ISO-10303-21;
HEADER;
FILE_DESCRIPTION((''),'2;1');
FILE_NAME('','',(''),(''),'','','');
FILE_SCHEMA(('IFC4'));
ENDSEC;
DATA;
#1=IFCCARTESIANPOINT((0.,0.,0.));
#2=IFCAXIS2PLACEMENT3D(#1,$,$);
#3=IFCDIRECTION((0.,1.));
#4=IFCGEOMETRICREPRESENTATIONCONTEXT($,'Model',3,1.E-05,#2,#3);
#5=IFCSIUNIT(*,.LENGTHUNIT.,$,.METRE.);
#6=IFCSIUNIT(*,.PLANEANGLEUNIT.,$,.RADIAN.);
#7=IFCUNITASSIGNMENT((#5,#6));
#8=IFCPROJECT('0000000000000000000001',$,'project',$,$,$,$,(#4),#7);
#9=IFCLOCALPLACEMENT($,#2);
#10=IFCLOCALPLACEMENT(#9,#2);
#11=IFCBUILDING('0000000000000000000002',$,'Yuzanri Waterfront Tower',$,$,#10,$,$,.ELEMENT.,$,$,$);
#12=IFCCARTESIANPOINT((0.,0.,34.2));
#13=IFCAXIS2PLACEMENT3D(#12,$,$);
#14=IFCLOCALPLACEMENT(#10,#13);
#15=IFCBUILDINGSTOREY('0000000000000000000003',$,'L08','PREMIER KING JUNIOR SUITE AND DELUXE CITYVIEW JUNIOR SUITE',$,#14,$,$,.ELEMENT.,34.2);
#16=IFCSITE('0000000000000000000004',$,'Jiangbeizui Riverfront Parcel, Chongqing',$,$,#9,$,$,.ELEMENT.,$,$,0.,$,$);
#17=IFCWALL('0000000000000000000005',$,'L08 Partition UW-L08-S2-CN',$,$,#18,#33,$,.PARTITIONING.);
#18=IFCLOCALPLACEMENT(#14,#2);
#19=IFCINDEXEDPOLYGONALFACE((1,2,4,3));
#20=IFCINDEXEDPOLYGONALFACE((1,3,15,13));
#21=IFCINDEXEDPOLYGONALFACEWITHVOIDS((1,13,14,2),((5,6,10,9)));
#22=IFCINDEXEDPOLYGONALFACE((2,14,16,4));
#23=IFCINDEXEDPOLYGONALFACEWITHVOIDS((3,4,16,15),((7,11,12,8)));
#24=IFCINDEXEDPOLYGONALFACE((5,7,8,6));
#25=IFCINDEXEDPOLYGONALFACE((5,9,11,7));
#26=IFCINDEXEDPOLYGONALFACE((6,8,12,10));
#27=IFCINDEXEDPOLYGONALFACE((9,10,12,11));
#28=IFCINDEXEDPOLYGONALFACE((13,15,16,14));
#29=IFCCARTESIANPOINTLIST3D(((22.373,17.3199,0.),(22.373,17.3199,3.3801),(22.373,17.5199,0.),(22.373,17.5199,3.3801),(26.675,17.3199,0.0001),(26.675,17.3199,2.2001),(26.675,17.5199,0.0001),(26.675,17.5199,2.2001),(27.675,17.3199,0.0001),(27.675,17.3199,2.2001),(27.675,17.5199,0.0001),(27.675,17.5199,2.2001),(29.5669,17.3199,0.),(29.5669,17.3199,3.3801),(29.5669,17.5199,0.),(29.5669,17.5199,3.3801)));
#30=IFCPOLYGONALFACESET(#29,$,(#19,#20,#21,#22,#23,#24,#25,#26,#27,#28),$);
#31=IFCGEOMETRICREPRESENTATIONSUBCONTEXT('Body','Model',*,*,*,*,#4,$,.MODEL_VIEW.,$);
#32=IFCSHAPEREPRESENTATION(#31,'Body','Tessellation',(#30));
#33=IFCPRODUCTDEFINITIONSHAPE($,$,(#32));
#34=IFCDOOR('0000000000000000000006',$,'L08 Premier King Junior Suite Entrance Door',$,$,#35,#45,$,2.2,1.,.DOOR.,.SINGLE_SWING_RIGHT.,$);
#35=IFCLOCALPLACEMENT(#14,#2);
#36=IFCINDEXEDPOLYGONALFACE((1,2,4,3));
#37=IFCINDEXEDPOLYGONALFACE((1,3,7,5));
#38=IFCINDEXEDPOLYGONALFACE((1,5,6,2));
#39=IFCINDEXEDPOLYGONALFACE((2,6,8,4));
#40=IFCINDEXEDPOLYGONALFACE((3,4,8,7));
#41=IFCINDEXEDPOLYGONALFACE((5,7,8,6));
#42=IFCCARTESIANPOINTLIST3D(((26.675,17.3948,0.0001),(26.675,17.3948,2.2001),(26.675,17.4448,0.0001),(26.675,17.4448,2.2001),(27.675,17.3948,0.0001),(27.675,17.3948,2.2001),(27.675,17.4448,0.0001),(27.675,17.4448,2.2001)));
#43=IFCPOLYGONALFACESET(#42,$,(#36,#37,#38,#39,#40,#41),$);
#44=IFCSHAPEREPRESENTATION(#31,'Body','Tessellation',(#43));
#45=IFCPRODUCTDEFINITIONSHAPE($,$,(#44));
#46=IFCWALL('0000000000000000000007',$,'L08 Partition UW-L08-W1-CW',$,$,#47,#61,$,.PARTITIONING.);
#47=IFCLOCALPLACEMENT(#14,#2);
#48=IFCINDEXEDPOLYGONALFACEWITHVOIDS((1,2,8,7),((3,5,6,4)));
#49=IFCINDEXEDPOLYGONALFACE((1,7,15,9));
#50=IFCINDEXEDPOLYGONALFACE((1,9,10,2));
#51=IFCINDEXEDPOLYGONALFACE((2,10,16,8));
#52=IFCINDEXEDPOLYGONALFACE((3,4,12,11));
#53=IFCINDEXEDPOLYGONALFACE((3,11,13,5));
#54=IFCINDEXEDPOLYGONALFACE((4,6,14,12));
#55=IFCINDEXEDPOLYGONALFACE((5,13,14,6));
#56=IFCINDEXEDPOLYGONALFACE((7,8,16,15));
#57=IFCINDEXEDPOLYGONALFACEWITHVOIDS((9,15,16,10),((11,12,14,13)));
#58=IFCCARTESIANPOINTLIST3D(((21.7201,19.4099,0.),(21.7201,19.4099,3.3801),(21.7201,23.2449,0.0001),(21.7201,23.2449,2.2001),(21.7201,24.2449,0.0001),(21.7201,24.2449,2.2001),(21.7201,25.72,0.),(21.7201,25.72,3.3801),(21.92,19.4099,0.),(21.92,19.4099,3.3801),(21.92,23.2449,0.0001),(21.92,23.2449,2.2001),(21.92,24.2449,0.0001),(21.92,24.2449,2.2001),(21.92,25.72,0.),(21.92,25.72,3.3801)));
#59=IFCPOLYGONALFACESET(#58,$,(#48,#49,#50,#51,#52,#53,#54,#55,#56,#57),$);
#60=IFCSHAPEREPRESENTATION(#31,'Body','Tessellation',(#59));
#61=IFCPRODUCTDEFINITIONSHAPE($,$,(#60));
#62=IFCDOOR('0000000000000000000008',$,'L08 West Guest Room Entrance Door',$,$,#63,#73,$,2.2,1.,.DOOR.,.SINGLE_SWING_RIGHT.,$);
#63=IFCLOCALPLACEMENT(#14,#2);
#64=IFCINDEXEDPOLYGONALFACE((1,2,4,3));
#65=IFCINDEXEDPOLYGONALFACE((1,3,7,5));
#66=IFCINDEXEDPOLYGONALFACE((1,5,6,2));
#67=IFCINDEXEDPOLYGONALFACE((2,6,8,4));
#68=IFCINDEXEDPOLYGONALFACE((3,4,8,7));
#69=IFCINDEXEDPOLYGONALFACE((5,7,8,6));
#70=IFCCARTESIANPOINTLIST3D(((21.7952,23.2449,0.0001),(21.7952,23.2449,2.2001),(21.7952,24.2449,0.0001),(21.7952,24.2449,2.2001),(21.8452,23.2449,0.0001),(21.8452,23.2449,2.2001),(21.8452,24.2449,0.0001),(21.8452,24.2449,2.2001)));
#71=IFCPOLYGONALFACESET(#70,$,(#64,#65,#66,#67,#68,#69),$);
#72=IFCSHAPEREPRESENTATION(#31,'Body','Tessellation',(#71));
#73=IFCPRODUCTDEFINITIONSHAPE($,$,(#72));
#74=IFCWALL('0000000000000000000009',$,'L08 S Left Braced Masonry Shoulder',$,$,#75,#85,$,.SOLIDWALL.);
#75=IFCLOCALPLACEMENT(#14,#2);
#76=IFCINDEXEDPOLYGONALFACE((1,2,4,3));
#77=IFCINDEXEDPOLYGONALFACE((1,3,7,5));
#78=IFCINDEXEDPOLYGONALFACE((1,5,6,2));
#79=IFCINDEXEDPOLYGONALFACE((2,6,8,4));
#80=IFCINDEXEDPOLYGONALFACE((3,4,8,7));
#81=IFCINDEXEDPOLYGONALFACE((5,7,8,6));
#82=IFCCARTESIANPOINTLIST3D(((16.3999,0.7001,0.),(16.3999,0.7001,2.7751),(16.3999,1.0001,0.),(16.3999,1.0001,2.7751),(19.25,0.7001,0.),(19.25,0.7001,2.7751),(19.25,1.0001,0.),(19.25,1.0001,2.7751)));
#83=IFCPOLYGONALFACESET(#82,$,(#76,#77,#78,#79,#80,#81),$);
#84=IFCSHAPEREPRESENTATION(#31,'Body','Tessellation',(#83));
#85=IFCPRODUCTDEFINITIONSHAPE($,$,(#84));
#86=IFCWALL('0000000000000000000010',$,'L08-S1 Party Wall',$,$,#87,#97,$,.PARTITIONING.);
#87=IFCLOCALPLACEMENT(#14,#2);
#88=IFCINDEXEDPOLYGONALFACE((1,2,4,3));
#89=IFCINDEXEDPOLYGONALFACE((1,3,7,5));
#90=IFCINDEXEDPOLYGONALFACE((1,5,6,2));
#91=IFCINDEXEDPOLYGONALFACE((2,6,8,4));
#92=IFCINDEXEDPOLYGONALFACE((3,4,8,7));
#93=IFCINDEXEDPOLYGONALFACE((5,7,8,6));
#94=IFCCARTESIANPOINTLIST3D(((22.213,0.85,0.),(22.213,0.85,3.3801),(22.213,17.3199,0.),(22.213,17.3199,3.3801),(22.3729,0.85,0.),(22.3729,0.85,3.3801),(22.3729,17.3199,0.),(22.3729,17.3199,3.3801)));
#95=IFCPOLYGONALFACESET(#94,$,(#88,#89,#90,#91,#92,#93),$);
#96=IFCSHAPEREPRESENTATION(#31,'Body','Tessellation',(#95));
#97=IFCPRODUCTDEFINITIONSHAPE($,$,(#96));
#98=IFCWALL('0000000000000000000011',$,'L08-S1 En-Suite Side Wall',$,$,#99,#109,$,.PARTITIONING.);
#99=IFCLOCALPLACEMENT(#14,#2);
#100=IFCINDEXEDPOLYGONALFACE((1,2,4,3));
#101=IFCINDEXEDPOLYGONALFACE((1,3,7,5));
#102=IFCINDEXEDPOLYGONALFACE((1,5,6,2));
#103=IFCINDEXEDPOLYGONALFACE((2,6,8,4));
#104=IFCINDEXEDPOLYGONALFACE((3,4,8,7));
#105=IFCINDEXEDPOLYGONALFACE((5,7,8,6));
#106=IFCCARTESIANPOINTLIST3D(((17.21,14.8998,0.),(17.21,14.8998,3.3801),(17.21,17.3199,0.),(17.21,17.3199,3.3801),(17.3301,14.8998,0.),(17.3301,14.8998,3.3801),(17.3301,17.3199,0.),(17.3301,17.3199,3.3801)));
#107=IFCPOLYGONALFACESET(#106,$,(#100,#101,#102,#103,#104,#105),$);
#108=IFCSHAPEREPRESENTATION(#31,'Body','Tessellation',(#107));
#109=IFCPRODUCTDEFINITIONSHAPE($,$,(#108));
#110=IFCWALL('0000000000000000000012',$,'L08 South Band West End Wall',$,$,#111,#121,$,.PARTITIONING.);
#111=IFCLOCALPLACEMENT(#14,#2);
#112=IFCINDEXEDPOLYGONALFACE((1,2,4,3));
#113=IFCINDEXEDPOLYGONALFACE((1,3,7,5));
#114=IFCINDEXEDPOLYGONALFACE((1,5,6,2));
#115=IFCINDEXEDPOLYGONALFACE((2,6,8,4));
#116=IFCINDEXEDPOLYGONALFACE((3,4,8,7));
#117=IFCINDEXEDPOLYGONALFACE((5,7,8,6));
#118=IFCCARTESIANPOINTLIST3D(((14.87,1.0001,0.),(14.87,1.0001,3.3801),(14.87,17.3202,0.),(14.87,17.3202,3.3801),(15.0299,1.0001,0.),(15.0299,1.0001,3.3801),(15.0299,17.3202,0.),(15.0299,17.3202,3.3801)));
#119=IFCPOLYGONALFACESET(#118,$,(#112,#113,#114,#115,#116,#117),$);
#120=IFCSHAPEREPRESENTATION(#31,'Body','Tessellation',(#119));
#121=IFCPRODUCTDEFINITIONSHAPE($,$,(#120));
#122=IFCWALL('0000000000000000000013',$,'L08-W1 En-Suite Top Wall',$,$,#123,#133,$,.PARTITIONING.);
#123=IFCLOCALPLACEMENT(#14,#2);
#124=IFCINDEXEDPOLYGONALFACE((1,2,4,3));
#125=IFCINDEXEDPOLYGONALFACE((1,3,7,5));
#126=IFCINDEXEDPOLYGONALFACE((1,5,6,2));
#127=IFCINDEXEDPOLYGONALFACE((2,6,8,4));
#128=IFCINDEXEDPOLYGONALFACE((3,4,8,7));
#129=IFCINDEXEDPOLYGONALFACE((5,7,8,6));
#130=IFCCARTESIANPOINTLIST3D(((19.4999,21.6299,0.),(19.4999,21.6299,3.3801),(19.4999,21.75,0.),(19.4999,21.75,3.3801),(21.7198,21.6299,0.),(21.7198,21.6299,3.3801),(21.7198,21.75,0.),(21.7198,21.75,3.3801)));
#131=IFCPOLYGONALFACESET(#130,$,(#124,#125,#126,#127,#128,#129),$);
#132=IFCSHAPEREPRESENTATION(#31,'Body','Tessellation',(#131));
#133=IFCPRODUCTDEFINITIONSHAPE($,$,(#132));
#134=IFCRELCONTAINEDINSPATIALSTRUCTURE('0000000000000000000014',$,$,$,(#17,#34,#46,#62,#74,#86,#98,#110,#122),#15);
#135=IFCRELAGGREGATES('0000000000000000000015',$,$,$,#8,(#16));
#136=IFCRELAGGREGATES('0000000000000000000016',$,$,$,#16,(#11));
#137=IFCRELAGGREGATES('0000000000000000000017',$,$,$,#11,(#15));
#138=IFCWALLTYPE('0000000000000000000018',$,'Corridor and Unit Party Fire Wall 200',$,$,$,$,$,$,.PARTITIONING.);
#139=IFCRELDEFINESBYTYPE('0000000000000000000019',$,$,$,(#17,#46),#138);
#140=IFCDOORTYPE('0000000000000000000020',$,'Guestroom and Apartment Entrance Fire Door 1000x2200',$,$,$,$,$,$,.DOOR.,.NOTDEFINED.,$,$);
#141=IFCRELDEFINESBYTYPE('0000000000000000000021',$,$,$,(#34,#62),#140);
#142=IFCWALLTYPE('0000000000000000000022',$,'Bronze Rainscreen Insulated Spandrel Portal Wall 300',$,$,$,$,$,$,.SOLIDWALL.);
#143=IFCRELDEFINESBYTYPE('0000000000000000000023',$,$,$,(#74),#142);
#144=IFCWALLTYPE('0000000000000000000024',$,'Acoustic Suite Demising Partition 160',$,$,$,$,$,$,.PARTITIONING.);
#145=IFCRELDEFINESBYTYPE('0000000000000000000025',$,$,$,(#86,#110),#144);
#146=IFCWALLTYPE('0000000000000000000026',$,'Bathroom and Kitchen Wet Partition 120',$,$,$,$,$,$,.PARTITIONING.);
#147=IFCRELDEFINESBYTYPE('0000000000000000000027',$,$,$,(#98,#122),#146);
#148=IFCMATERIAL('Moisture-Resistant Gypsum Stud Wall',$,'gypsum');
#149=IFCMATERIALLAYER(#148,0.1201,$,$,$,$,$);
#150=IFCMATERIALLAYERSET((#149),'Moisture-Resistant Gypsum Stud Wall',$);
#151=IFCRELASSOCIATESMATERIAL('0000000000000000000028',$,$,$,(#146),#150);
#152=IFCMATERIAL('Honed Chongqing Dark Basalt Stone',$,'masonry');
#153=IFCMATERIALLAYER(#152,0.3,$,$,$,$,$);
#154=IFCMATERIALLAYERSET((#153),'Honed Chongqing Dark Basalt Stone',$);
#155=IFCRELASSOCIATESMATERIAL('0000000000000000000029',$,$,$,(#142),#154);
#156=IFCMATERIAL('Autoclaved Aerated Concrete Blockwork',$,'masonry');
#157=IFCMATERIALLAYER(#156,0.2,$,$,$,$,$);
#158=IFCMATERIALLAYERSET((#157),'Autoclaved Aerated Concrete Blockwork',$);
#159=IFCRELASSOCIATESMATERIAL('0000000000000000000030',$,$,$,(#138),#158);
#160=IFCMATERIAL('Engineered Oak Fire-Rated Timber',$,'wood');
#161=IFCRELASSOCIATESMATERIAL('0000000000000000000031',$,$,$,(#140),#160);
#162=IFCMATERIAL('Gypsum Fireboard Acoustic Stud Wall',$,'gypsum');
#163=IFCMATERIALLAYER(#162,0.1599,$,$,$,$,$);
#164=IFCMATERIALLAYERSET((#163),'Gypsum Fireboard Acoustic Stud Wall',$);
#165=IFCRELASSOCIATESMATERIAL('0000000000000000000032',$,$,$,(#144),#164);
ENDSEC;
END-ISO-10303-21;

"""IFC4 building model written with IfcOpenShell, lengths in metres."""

from ifc_helpers import new_model, si_unit, direction, frame, frame_2d, origin, place, context, subcontext, project, spatial, rectangle, extrude, source, transform, mapped, material, layer, layer_set, type_object, element, fill, save


model = new_model("IFC4")

# Units and contexts
model_context = context("Model", 3, precision=1e-05, world=origin(), true_north=direction((0.0, 1.0)))
body_context = subcontext(model_context, "Body", "Model", "MODEL_VIEW")
ifc_project = project(units=[si_unit("LENGTHUNIT", "METRE"), si_unit("PLANEANGLEUNIT", "RADIAN")], contexts=[model_context])

# Site, building, storey
site_placement = place(None, origin())
site = spatial("IfcSite", under=ifc_project, at=site_placement, Name="Jiangbeizui Riverfront Parcel, Chongqing", CompositionType="ELEMENT", RefElevation=0.0)
building_placement = place(site_placement, origin())
building = spatial("IfcBuilding", under=site, at=building_placement, Name="Yuzanri Waterfront Tower", CompositionType="ELEMENT")
storey_placement = place(building_placement, frame((0.0, 0.0, 34.2)))
storey = spatial("IfcBuildingStorey", under=building, at=storey_placement, Name="L08", Description="PREMIER KING JUNIOR SUITE AND DELUXE CITYVIEW JUNIOR SUITE", CompositionType="ELEMENT", Elevation=34.2)

# Shared definitions
ifc_material_1 = material(Name="Moisture-Resistant Gypsum Stud Wall", Category="gypsum")
ifc_layer_1 = layer(ifc_material_1, 0.1201)
ifc_layer_set_1 = layer_set([ifc_layer_1], Name="Moisture-Resistant Gypsum Stud Wall")
wall_type_1 = type_object("IfcWallType", Name="Bathroom and Kitchen Wet Partition 120", PredefinedType="PARTITIONING", material=ifc_layer_set_1)

# Shared definitions
ifc_material_2 = material(Name="Honed Chongqing Dark Basalt Stone", Category="masonry")
ifc_layer_2 = layer(ifc_material_2, 0.3)
ifc_layer_set_2 = layer_set([ifc_layer_2], Name="Honed Chongqing Dark Basalt Stone")
wall_type_2 = type_object("IfcWallType", Name="Bronze Rainscreen Insulated Spandrel Portal Wall 300", PredefinedType="SOLIDWALL", material=ifc_layer_set_2)

# Walls, openings, doors
ifc_material_3 = material(Name="Autoclaved Aerated Concrete Blockwork", Category="masonry")
ifc_layer_3 = layer(ifc_material_3, 0.2)
ifc_layer_set_3 = layer_set([ifc_layer_3], Name="Autoclaved Aerated Concrete Blockwork")
wall_type_3 = type_object("IfcWallType", Name="Corridor and Unit Party Fire Wall 200", PredefinedType="PARTITIONING", material=ifc_layer_set_3)
ifc_material_4 = material(Name="Engineered Oak Fire-Rated Timber", Category="wood")
door_type_1 = type_object("IfcDoorType", Name="Guestroom and Apartment Entrance Fire Door 1000x2200", OperationType="NOTDEFINED", PredefinedType="DOOR", material=ifc_material_4)
shared_shape_1 = source(origin(), body_context, "Body", "SweptSolid", [
    extrude(rectangle(XDim=1.0, YDim=2.2, at=frame_2d((0.5, 1.1001))), frame((0.0, 0.0249, 0.0), z_axis=(0.0, -1.0, 0.0), x_axis=(1.0, 0.0, 0.0)), (0.0, 0.0, 1.0), 0.05),
])
wall_1_placement = place(storey_placement, frame((22.373, 17.4199, 0.0), z_axis=(0.0, 0.0, 1.0), x_axis=(1.0, 0.0, 0.0)))
wall_1 = element("IfcWall", 1, at=wall_1_placement, inside=storey, type_object=wall_type_3, Name="L08 Partition UW-L08-S2-CN", PredefinedType="PARTITIONING", context=body_context, shape_type="SweptSolid", body=[
    extrude(rectangle(XDim=7.1938, YDim=0.2, at=frame_2d((3.5969, 0.0))), origin(), (0.0, 0.0, 1.0), 3.3801),
])
opening_1_placement = place(wall_1_placement, frame((4.302, 0.0, 0.0)))
opening_1 = element("IfcOpeningElement", 2, at=opening_1_placement, cuts=wall_1, PredefinedType="OPENING", context=body_context, shape_type="SweptSolid", body=[
    extrude(rectangle(XDim=1.0, YDim=2.2, at=frame_2d((0.5, 1.1001))), frame((0.0, 0.1147, 0.0), z_axis=(0.0, -1.0, 0.0), x_axis=(1.0, 0.0, 0.0)), (0.0, 0.0, 1.0), 0.2297),
])
door_1_placement = place(opening_1_placement, origin())
door_1 = element("IfcDoor", 3, at=door_1_placement, inside=storey, type_object=door_type_1, Name="L08 Premier King Junior Suite Entrance Door", OperationType="SINGLE_SWING_RIGHT", OverallHeight=2.2, OverallWidth=1.0, PredefinedType="DOOR", context=body_context, shape_type="MappedRepresentation", body=[
    mapped(shared_shape_1, transform((0.0, 0.0, 0.0), scale=1.0)),
])
fill(opening_1, door_1)
wall_2_placement = place(storey_placement, frame((21.8201, 19.4099, 0.0), z_axis=(0.0, 0.0, 1.0), x_axis=(0.0, 1.0, 0.0)))
wall_2 = element("IfcWall", 4, at=wall_2_placement, inside=storey, type_object=wall_type_3, Name="L08 Partition UW-L08-W1-CW", PredefinedType="PARTITIONING", context=body_context, shape_type="SweptSolid", body=[
    extrude(rectangle(XDim=6.3101, YDim=0.2, at=frame_2d((3.155, 0.0))), origin(), (0.0, 0.0, 1.0), 3.3801),
])
opening_2_placement = place(wall_2_placement, frame((3.835, 0.0, 0.0)))
opening_2 = element("IfcOpeningElement", 5, at=opening_2_placement, cuts=wall_2, PredefinedType="OPENING", context=body_context, shape_type="SweptSolid", body=[
    extrude(rectangle(XDim=1.0, YDim=2.2, at=frame_2d((0.5, 1.1001))), frame((0.0, 0.1147, 0.0), z_axis=(0.0, -1.0, 0.0), x_axis=(1.0, 0.0, 0.0)), (0.0, 0.0, 1.0), 0.2297),
])
door_2_placement = place(opening_2_placement, origin())
door_2 = element("IfcDoor", 6, at=door_2_placement, inside=storey, type_object=door_type_1, Name="L08 West Guest Room Entrance Door", OperationType="SINGLE_SWING_RIGHT", OverallHeight=2.2, OverallWidth=1.0, PredefinedType="DOOR", context=body_context, shape_type="MappedRepresentation", body=[
    mapped(shared_shape_1, transform((0.0, 0.0, 0.0), scale=1.0)),
])
fill(opening_2, door_2)

# Walls
shared_shape_2 = source(origin(), body_context, "Body", "SweptSolid", [
    extrude(rectangle(XDim=2.8501, YDim=0.3, at=frame_2d((1.425, 0.0))), origin(), (0.0, 0.0, 1.0), 2.7751),
])
wall_3_placement = place(storey_placement, frame((16.3999, 0.8501, 0.0), z_axis=(0.0, 0.0, 1.0), x_axis=(1.0, 0.0, 0.0)))
element("IfcWall", 7, at=wall_3_placement, inside=storey, type_object=wall_type_2, Name="L08 S Left Braced Masonry Shoulder", PredefinedType="SOLIDWALL", context=body_context, shape_type="MappedRepresentation", body=[
    mapped(shared_shape_2, transform((0.0, 0.0, 0.0), scale=1.0)),
])
ifc_material_5 = material(Name="Gypsum Fireboard Acoustic Stud Wall", Category="gypsum")
ifc_layer_4 = layer(ifc_material_5, 0.1599)
ifc_layer_set_4 = layer_set([ifc_layer_4], Name="Gypsum Fireboard Acoustic Stud Wall")
wall_type_4 = type_object("IfcWallType", Name="Acoustic Suite Demising Partition 160", PredefinedType="PARTITIONING", material=ifc_layer_set_4)
shared_shape_3 = source(origin(), body_context, "Body", "SweptSolid", [
    extrude(rectangle(XDim=16.47, YDim=0.1599, at=frame_2d((8.2349, 0.0))), origin(), (0.0, 0.0, 1.0), 3.3801),
])
wall_4_placement = place(storey_placement, frame((22.293, 0.8501, 0.0), z_axis=(0.0, 0.0, 1.0), x_axis=(0.0, 1.0, 0.0)))
element("IfcWall", 8, at=wall_4_placement, inside=storey, type_object=wall_type_4, Name="L08-S1 Party Wall", PredefinedType="PARTITIONING", context=body_context, shape_type="MappedRepresentation", body=[
    mapped(shared_shape_3, transform((0.0, 0.0, 0.0), scale=1.0)),
])
shared_shape_4 = source(origin(), body_context, "Body", "SweptSolid", [
    extrude(rectangle(XDim=2.4202, YDim=0.1201, at=frame_2d((1.21, 0.0))), origin(), (0.0, 0.0, 1.0), 3.3801),
])
wall_5_placement = place(storey_placement, frame((17.27, 14.8999, 0.0), z_axis=(0.0, 0.0, 1.0), x_axis=(0.0, 1.0, 0.0)))
element("IfcWall", 9, at=wall_5_placement, inside=storey, type_object=wall_type_1, Name="L08-S1 En-Suite Side Wall", PredefinedType="PARTITIONING", context=body_context, shape_type="MappedRepresentation", body=[
    mapped(shared_shape_4, transform((0.0, 0.0, 0.0), scale=1.0)),
])
shared_shape_5 = source(origin(), body_context, "Body", "SweptSolid", [
    extrude(rectangle(XDim=16.3201, YDim=0.1599, at=frame_2d((8.1602, 0.0))), origin(), (0.0, 0.0, 1.0), 3.3801),
])
wall_6_placement = place(storey_placement, frame((14.95, 1.0, 0.0), z_axis=(0.0, 0.0, 1.0), x_axis=(0.0, 1.0, 0.0)))
element("IfcWall", 10, at=wall_6_placement, inside=storey, type_object=wall_type_4, Name="L08 South Band West End Wall", PredefinedType="PARTITIONING", context=body_context, shape_type="MappedRepresentation", body=[
    mapped(shared_shape_5, transform((0.0, 0.0, 0.0), scale=1.0)),
])
shared_shape_6 = source(origin(), body_context, "Body", "SweptSolid", [
    extrude(rectangle(XDim=2.22, YDim=0.1201, at=frame_2d((1.1099, 0.0))), origin(), (0.0, 0.0, 1.0), 3.3801),
])
wall_7_placement = place(storey_placement, frame((19.5, 21.6899, 0.0), z_axis=(0.0, 0.0, 1.0), x_axis=(1.0, 0.0, 0.0)))
element("IfcWall", 11, at=wall_7_placement, inside=storey, type_object=wall_type_1, Name="L08-W1 En-Suite Top Wall", PredefinedType="PARTITIONING", context=body_context, shape_type="MappedRepresentation", body=[
    mapped(shared_shape_6, transform((0.0, 0.0, 0.0), scale=1.0)),
])

save(model, "model.ifc")
